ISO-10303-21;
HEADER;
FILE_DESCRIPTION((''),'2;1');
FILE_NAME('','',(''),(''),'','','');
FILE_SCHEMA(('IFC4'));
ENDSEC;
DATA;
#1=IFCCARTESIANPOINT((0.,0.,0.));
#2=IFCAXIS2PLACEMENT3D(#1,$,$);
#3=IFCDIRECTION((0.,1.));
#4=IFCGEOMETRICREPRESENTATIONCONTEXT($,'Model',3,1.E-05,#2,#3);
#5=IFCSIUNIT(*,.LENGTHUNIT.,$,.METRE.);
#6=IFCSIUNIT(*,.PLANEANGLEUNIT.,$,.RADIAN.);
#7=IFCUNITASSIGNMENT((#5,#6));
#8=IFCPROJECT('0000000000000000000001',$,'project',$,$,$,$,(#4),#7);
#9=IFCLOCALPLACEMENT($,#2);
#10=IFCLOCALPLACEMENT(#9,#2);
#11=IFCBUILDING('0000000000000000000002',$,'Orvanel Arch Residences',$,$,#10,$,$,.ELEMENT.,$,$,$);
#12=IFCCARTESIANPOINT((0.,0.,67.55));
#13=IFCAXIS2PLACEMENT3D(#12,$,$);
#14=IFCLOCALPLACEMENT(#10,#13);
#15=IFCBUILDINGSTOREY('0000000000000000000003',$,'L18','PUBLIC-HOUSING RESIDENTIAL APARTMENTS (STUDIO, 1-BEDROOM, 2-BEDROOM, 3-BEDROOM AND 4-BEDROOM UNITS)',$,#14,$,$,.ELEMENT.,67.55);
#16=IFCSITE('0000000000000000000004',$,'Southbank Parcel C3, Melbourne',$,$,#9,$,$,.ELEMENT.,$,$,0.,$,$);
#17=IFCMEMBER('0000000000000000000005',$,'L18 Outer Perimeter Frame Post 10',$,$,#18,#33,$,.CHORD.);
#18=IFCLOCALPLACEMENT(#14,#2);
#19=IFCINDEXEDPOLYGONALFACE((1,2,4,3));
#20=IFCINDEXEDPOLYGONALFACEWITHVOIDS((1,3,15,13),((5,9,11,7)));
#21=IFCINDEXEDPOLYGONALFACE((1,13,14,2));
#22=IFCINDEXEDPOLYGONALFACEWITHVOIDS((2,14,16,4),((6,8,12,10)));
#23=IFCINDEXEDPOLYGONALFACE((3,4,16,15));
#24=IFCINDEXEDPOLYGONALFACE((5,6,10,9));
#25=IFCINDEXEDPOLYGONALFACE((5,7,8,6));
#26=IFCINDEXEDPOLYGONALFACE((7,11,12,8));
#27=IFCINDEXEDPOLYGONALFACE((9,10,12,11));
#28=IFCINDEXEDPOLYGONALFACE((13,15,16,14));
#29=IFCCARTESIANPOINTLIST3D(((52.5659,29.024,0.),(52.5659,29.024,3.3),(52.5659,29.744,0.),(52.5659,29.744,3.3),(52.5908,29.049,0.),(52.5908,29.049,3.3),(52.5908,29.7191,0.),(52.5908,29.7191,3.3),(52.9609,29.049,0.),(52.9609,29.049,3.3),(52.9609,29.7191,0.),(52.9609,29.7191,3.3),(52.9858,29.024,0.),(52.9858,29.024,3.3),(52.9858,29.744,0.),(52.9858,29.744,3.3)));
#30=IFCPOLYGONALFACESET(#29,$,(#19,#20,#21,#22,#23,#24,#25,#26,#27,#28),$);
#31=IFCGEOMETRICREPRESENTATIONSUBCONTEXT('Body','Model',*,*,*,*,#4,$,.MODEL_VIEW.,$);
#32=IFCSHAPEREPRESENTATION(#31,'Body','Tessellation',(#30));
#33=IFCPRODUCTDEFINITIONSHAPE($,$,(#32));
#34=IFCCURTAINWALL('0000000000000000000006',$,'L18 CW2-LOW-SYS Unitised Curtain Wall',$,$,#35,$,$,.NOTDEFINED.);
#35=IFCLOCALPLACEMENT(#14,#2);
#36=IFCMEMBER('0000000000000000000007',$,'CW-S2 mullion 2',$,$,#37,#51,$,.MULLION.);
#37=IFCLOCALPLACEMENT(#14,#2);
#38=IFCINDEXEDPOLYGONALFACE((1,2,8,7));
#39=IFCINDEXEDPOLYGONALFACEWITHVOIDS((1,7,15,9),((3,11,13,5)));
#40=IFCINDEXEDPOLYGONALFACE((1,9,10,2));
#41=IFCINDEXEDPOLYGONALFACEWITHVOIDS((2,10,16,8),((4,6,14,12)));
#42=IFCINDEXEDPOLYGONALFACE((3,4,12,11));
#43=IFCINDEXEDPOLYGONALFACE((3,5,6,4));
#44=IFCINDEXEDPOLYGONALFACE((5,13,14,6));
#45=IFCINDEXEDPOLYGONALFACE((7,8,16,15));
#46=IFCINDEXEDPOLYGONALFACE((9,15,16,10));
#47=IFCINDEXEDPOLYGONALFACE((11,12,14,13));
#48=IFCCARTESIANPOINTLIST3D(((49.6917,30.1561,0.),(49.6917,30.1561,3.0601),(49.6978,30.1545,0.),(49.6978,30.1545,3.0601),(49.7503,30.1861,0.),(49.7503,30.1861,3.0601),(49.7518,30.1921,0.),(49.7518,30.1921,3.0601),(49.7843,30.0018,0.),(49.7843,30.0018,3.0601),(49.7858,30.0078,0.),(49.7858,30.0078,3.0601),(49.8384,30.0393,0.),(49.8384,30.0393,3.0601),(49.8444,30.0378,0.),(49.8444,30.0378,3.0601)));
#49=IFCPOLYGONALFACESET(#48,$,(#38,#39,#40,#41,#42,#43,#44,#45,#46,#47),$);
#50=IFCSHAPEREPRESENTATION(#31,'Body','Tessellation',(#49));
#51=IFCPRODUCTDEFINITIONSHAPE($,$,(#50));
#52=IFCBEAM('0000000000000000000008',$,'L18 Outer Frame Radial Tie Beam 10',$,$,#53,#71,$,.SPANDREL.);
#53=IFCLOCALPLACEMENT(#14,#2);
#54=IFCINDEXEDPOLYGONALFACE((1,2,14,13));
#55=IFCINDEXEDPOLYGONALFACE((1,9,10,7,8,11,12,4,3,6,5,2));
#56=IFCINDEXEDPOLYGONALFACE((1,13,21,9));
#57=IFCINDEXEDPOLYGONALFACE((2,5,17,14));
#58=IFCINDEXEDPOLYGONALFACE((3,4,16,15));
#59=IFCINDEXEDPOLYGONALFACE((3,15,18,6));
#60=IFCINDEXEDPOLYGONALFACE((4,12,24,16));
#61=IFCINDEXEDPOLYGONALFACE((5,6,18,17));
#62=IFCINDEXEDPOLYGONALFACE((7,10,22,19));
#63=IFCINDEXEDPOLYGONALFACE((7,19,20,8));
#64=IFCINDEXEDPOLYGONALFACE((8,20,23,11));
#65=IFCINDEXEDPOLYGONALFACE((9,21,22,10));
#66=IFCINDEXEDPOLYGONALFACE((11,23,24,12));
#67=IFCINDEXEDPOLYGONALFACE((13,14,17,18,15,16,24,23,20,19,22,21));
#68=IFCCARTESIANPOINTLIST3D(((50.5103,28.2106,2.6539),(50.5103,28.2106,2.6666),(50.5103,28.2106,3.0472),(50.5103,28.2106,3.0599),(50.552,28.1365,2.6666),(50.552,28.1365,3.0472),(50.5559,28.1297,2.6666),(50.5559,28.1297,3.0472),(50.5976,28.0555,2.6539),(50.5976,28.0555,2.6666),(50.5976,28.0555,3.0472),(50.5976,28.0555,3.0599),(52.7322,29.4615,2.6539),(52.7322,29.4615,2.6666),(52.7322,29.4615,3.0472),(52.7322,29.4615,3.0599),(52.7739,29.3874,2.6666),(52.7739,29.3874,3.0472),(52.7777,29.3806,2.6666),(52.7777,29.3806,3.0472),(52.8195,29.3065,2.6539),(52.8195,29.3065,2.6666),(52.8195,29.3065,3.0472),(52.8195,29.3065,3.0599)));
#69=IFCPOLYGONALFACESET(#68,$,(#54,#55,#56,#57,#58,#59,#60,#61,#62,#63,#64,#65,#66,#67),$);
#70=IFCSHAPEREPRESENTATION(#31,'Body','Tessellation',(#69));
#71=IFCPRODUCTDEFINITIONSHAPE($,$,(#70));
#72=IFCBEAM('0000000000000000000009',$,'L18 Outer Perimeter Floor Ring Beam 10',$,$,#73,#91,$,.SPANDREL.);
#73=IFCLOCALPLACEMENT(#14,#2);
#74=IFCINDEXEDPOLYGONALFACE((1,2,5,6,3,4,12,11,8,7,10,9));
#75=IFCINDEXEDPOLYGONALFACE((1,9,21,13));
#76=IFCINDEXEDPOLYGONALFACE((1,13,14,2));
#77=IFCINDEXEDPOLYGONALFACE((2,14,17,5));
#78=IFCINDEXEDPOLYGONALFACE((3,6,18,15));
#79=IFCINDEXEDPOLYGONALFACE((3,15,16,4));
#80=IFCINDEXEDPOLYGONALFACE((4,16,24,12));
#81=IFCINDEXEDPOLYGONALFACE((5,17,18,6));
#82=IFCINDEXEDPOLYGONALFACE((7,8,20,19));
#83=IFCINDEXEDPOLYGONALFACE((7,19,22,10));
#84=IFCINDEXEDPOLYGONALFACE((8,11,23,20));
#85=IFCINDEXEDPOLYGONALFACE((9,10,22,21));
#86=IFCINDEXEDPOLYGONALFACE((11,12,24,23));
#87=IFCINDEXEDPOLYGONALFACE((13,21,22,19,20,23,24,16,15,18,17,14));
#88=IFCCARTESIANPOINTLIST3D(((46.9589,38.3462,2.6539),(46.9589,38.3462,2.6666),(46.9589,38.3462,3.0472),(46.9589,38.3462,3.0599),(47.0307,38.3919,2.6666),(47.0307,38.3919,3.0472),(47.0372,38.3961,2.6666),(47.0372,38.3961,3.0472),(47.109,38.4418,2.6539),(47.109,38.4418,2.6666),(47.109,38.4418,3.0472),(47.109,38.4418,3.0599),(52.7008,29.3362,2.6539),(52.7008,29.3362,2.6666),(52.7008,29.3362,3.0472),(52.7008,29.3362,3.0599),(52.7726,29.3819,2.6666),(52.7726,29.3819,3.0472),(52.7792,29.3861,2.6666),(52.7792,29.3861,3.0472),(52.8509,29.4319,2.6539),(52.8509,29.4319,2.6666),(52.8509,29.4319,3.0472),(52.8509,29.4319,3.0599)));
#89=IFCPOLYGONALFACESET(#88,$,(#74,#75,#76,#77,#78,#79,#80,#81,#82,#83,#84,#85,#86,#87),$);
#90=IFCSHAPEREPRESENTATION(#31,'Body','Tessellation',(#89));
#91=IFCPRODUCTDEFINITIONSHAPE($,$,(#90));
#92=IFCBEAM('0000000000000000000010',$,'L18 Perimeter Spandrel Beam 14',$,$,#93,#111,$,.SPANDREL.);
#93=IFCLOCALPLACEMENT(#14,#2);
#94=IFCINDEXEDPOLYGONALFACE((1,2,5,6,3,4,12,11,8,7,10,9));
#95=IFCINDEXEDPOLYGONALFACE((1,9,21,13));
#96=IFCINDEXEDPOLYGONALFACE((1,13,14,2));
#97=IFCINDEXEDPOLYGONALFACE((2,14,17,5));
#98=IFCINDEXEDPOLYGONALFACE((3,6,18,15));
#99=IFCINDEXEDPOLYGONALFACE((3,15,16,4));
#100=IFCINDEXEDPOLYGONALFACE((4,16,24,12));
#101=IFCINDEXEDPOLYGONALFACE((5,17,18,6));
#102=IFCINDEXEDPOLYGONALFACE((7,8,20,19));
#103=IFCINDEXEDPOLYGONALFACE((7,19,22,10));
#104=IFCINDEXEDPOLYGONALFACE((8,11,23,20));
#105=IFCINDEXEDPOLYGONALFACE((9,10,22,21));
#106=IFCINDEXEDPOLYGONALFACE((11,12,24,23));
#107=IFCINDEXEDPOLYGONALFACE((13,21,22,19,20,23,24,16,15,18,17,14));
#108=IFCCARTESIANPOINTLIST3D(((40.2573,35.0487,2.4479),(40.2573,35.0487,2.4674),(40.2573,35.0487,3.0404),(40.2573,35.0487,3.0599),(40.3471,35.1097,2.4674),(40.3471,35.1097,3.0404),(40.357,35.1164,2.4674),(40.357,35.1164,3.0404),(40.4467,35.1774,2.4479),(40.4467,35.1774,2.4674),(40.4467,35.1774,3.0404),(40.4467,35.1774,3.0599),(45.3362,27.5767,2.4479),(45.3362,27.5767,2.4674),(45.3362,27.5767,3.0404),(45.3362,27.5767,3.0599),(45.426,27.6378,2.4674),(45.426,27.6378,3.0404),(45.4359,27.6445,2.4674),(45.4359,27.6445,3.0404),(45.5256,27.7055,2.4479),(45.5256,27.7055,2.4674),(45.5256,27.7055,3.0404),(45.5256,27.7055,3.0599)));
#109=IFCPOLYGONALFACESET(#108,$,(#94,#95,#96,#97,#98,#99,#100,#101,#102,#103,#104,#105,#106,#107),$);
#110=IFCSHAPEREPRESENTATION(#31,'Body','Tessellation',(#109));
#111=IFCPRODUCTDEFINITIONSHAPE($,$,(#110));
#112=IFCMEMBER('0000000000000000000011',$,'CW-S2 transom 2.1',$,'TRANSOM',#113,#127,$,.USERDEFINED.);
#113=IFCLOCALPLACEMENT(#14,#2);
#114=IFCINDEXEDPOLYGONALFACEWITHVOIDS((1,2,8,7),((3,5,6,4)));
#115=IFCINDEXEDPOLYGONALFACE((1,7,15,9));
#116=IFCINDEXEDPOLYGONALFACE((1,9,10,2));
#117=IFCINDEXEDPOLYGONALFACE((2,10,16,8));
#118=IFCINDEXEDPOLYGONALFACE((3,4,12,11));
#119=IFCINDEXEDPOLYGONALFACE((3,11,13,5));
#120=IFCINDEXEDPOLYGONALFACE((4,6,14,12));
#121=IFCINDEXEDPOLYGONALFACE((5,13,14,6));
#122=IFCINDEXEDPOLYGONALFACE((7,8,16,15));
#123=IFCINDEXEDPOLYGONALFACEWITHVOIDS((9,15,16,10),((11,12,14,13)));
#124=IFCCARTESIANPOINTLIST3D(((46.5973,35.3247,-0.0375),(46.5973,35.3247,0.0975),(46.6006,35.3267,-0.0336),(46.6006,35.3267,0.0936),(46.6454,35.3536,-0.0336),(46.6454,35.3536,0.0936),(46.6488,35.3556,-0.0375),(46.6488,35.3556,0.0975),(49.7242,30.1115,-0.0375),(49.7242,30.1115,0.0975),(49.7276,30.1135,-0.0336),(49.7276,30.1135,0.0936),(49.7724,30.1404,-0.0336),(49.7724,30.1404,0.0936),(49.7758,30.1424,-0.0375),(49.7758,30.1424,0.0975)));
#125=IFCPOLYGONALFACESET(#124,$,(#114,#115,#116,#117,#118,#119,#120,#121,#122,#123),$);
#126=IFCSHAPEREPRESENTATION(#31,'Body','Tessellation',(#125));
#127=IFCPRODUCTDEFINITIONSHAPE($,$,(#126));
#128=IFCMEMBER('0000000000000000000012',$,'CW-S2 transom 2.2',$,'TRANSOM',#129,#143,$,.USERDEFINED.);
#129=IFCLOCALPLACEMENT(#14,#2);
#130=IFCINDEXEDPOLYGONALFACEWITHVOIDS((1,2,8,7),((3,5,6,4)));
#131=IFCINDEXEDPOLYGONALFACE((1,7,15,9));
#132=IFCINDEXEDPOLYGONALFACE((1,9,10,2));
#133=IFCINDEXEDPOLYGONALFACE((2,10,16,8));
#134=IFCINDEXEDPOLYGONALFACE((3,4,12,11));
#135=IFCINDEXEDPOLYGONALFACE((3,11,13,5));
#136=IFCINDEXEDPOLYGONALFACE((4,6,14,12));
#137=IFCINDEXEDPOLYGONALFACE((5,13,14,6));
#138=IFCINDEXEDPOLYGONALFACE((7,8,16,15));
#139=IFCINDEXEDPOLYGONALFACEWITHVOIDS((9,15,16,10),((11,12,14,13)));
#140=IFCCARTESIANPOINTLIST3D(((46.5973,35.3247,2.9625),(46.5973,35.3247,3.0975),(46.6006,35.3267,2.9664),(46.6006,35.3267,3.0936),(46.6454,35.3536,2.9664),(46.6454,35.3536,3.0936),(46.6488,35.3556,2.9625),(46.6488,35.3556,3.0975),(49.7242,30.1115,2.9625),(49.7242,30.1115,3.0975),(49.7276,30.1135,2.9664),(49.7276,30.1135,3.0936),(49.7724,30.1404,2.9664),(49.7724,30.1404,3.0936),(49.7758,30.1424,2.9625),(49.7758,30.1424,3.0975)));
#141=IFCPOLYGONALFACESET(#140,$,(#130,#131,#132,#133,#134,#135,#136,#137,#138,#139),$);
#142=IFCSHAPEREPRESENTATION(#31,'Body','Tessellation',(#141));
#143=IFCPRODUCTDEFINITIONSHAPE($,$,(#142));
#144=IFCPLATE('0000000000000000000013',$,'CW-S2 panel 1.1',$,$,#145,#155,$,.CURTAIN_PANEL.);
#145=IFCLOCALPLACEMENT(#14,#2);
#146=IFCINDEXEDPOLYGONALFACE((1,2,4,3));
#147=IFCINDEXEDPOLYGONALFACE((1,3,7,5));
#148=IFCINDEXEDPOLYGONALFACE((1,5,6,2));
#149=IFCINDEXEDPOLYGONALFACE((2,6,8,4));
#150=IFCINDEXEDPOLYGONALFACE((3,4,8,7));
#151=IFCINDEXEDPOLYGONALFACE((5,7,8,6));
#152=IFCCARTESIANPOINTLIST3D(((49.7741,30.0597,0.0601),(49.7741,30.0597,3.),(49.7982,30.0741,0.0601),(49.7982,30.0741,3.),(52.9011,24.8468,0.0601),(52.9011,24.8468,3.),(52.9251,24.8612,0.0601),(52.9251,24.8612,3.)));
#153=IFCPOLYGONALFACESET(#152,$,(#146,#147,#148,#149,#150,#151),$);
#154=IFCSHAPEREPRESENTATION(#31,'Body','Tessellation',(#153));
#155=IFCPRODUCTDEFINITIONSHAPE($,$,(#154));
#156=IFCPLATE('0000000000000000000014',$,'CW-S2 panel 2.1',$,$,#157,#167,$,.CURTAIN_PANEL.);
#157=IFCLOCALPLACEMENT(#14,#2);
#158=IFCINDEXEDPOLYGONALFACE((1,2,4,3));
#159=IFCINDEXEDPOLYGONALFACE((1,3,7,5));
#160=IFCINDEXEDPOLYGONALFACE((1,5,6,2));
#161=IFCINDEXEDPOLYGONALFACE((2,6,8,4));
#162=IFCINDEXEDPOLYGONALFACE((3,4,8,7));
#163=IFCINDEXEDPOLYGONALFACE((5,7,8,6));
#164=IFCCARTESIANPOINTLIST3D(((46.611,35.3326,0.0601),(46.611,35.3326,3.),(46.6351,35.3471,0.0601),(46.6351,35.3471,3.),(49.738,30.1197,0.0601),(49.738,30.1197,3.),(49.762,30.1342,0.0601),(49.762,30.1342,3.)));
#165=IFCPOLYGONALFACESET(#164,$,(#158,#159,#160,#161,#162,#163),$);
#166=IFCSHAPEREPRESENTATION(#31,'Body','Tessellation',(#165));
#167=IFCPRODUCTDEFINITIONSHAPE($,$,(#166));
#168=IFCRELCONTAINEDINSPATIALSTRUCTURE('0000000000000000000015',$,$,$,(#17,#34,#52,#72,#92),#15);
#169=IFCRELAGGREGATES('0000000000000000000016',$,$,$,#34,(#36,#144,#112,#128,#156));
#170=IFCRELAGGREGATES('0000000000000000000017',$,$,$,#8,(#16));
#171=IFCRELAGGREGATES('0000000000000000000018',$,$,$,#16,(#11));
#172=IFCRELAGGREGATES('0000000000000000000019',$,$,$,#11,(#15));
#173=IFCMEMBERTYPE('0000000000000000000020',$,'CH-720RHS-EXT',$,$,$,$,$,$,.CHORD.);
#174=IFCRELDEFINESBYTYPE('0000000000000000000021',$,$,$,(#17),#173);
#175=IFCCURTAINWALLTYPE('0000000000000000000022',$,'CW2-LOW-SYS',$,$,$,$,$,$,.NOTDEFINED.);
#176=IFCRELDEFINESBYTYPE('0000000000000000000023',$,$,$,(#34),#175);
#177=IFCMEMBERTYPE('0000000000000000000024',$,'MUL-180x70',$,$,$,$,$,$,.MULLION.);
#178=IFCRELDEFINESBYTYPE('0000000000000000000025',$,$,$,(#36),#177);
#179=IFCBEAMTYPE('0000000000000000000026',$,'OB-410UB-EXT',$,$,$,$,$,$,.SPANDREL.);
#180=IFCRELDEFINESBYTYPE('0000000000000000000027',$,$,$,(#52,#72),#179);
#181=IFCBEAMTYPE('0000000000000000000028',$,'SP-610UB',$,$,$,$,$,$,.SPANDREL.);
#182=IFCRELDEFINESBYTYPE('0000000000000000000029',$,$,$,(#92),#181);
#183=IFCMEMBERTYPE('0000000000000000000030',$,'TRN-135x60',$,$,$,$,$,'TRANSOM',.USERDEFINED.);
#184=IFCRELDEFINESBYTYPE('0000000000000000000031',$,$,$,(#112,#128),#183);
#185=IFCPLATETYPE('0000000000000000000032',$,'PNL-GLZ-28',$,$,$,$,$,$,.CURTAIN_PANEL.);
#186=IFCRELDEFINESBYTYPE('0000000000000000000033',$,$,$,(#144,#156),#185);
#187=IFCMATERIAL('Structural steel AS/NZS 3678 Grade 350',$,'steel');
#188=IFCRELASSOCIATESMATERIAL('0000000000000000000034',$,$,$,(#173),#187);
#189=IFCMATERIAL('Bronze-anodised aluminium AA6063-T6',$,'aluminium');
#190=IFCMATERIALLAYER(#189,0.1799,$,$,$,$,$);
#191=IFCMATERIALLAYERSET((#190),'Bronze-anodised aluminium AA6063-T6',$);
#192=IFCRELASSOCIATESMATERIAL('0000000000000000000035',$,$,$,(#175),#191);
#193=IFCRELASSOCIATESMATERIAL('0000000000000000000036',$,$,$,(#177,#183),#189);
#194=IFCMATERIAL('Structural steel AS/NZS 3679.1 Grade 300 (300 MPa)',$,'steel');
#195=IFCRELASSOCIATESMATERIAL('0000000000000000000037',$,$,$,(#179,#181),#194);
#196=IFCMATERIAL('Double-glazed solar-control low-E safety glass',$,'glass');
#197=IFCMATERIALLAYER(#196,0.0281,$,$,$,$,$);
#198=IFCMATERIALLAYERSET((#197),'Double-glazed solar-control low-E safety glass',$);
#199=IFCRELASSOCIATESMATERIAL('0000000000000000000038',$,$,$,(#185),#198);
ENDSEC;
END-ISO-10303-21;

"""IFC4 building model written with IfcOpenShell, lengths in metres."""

from ifc_helpers import new_model, si_unit, direction, frame, origin, origin_2d, place, context, subcontext, project, spatial, rectangle, hollow_rectangle, i_section, extrude, material, layer, layer_set, material_profile, profile_set, type_object, element, aggregate, save


model = new_model("IFC4")

# Units and contexts
model_context = context("Model", 3, precision=1e-05, world=origin(), true_north=direction((0.0, 1.0)))
body_context = subcontext(model_context, "Body", "Model", "MODEL_VIEW")
ifc_project = project(units=[si_unit("LENGTHUNIT", "METRE"), si_unit("PLANEANGLEUNIT", "RADIAN")], contexts=[model_context])

# Site, building, storey
site_placement = place(None, origin())
site = spatial("IfcSite", under=ifc_project, at=site_placement, Name="Southbank Parcel C3, Melbourne", CompositionType="ELEMENT", RefElevation=0.0)
building_placement = place(site_placement, origin())
building = spatial("IfcBuilding", under=site, at=building_placement, Name="Orvanel Arch Residences", CompositionType="ELEMENT")
storey_placement = place(building_placement, frame((0.0, 0.0, 67.55)))
storey = spatial("IfcBuildingStorey", under=building, at=storey_placement, Name="L18", Description="PUBLIC-HOUSING RESIDENTIAL APARTMENTS (STUDIO, 1-BEDROOM, 2-BEDROOM, 3-BEDROOM AND 4-BEDROOM UNITS)", CompositionType="ELEMENT", Elevation=67.55)

# Shared definitions
ifc_material_1 = material(Name="Structural steel AS/NZS 3679.1 Grade 300 (300 MPa)", Category="steel")

# Member
ifc_material_2 = material(Name="Structural steel AS/NZS 3678 Grade 350", Category="steel")
ifc_material_profile_1 = material_profile(ifc_material_2, hollow_rectangle(XDim=0.4199, YDim=0.72, WallThickness=0.0249, at=origin_2d()), Name="RHS720x420x25")
ifc_profile_set_1 = profile_set([ifc_material_profile_1], Name="Structural steel AS/NZS 3678 Grade 350")
member_type_1 = type_object("IfcMemberType", Name="CH-720RHS-EXT", PredefinedType="CHORD", material=ifc_profile_set_1)
member_1_placement = place(storey_placement, frame((52.7759, 29.384, 0.0), z_axis=(0.0, 0.0, 1.0), x_axis=(1.0, 0.0, 0.0)))
element("IfcMember", 1, at=member_1_placement, inside=storey, type_object=member_type_1, Name="L18 Outer Perimeter Frame Post 10", PredefinedType="CHORD", context=body_context, shape_type="SweptSolid", body=[
    extrude(hollow_rectangle(XDim=0.4199, YDim=0.72, WallThickness=0.0249, at=origin_2d()), origin(), (0.0, 0.0, 1.0), 3.3),
])

# Curtain wall, member
ifc_material_3 = material(Name="Bronze-anodised aluminium AA6063-T6", Category="aluminium")
ifc_layer_1 = layer(ifc_material_3, 0.1799)
ifc_layer_set_1 = layer_set([ifc_layer_1], Name="Bronze-anodised aluminium AA6063-T6")
curtain_wall_type = type_object("IfcCurtainWallType", Name="CW2-LOW-SYS", PredefinedType="NOTDEFINED", material=ifc_layer_set_1)
curtain_wall_placement = place(storey_placement, origin())
curtain_wall = element("IfcCurtainWall", 2, at=curtain_wall_placement, inside=storey, type_object=curtain_wall_type, Name="L18 CW2-LOW-SYS Unitised Curtain Wall", PredefinedType="NOTDEFINED")
ifc_material_profile_2 = material_profile(ifc_material_3, hollow_rectangle(XDim=0.0701, YDim=0.1799, WallThickness=0.0044, at=origin_2d()), Name="ALU180x70x4.5")
ifc_profile_set_2 = profile_set([ifc_material_profile_2], Name="Bronze-anodised aluminium AA6063-T6")
member_type_2 = type_object("IfcMemberType", Name="MUL-180x70", PredefinedType="MULLION", material=ifc_profile_set_2)
member_2_placement = place(storey_placement, frame((49.7681, 30.0969, 0.0), z_axis=(0.0, 0.0, 1.0), x_axis=(-0.85755, -0.514401, 0.0)))
member_2 = element("IfcMember", 3, at=member_2_placement, type_object=member_type_2, Name="CW-S2 mullion 2", PredefinedType="MULLION", context=body_context, shape_type="SweptSolid", body=[
    extrude(hollow_rectangle(XDim=0.0701, YDim=0.1799, WallThickness=0.0044, at=origin_2d()), origin(), (0.0, 0.0, 1.0), 3.0601),
])

# Beams
ifc_material_profile_3 = material_profile(ifc_material_1, i_section(OverallWidth=0.178, OverallDepth=0.406, WebThickness=0.0078, FlangeThickness=0.0127, at=origin_2d()), Name="410UB59.7")
ifc_profile_set_3 = profile_set([ifc_material_profile_3], Name="Structural steel AS/NZS 3679.1 Grade 300 (300 MPa)")
beam_type_1 = type_object("IfcBeamType", Name="OB-410UB-EXT", PredefinedType="SPANDREL", material=ifc_profile_set_3)
beam_1_placement = place(storey_placement, frame((50.554, 28.1331, 2.8569), z_axis=(0.871384, 0.490602, 0.0), x_axis=(-0.490602, 0.871384, 0.0)))
element("IfcBeam", 4, at=beam_1_placement, inside=storey, type_object=beam_type_1, Name="L18 Outer Frame Radial Tie Beam 10", PredefinedType="SPANDREL", context=body_context, shape_type="SweptSolid", body=[
    extrude(i_section(OverallWidth=0.178, OverallDepth=0.406, WebThickness=0.0078, FlangeThickness=0.0127, at=origin_2d()), origin(), (0.0, 0.0, 1.0), 2.5498),
])
beam_2_placement = place(storey_placement, frame((52.7759, 29.384, 2.8569), z_axis=(-0.537428, 0.843309, 0.0), x_axis=(-0.843309, -0.537428, 0.0)))
element("IfcBeam", 5, at=beam_2_placement, inside=storey, type_object=beam_type_1, Name="L18 Outer Perimeter Floor Ring Beam 10", PredefinedType="SPANDREL", context=body_context, shape_type="SweptSolid", body=[
    extrude(i_section(OverallWidth=0.178, OverallDepth=0.406, WebThickness=0.0078, FlangeThickness=0.0127, at=origin_2d()), origin(), (0.0, 0.0, 1.0), 10.6841),
])
ifc_material_profile_4 = material_profile(ifc_material_1, i_section(OverallWidth=0.229, OverallDepth=0.6121, WebThickness=0.012, FlangeThickness=0.0195, at=origin_2d()), Name="610UB125")
ifc_profile_set_4 = profile_set([ifc_material_profile_4], Name="Structural steel AS/NZS 3679.1 Grade 300 (300 MPa)")
beam_type_2 = type_object("IfcBeamType", Name="SP-610UB", PredefinedType="SPANDREL", material=ifc_profile_set_4)
beam_3_placement = place(storey_placement, frame((45.4309, 27.6411, 2.7539), z_axis=(-0.562155, 0.827032, 0.0), x_axis=(-0.827032, -0.562155, 0.0)))
element("IfcBeam", 6, at=beam_3_placement, inside=storey, type_object=beam_type_2, Name="L18 Perimeter Spandrel Beam 14", PredefinedType="SPANDREL", context=body_context, shape_type="SweptSolid", body=[
    extrude(i_section(OverallWidth=0.229, OverallDepth=0.6121, WebThickness=0.012, FlangeThickness=0.0195, at=origin_2d()), origin(), (0.0, 0.0, 1.0), 9.0347),
])

# Members
ifc_material_profile_5 = material_profile(ifc_material_3, hollow_rectangle(XDim=0.0601, YDim=0.135, WallThickness=0.0039, at=origin_2d()), Name="ALU135x60x4")
ifc_profile_set_5 = profile_set([ifc_material_profile_5], Name="Bronze-anodised aluminium AA6063-T6")
member_type_3 = type_object("IfcMemberType", Name="TRN-135x60", ElementType="TRANSOM", PredefinedType="USERDEFINED", material=ifc_profile_set_5)
member_3_placement = place(storey_placement, frame((49.75, 30.127, 0.03), z_axis=(-0.514384, 0.85756, 0.0), x_axis=(-0.85756, -0.514384, 0.0)))
member_3 = element("IfcMember", 7, at=member_3_placement, type_object=member_type_3, Name="CW-S2 transom 2.1", ObjectType="TRANSOM", PredefinedType="USERDEFINED", context=body_context, shape_type="SweptSolid", body=[
    extrude(hollow_rectangle(XDim=0.0601, YDim=0.135, WallThickness=0.0039, at=origin_2d()), origin(), (0.0, 0.0, 1.0), 6.0791),
])
member_4_placement = place(storey_placement, frame((49.75, 30.127, 3.03), z_axis=(-0.514384, 0.85756, 0.0), x_axis=(-0.85756, -0.514384, 0.0)))
member_4 = element("IfcMember", 8, at=member_4_placement, type_object=member_type_3, Name="CW-S2 transom 2.2", ObjectType="TRANSOM", PredefinedType="USERDEFINED", context=body_context, shape_type="SweptSolid", body=[
    extrude(hollow_rectangle(XDim=0.0601, YDim=0.135, WallThickness=0.0039, at=origin_2d()), origin(), (0.0, 0.0, 1.0), 6.0791),
])

# Plates
ifc_material_4 = material(Name="Double-glazed solar-control low-E safety glass", Category="glass")
ifc_layer_2 = layer(ifc_material_4, 0.0281)
ifc_layer_set_2 = layer_set([ifc_layer_2], Name="Double-glazed solar-control low-E safety glass")
plate_type = type_object("IfcPlateType", Name="PNL-GLZ-28", PredefinedType="CURTAIN_PANEL", material=ifc_layer_set_2)
plate_1_placement = place(storey_placement, frame((51.3496, 27.4604, 0.0601), z_axis=(0.0, 0.0, 1.0), x_axis=(-0.514401, 0.85755, 0.0)))
plate_1 = element("IfcPlate", 9, at=plate_1_placement, type_object=plate_type, Name="CW-S2 panel 1.1", PredefinedType="CURTAIN_PANEL", context=body_context, shape_type="SweptSolid", body=[
    extrude(rectangle(XDim=6.0789, YDim=0.0281, at=origin_2d()), origin(), (0.0, 0.0, 1.0), 2.9399),
])
plate_2_placement = place(storey_placement, frame((48.1865, 32.7334, 0.0601), z_axis=(0.0, 0.0, 1.0), x_axis=(-0.514401, 0.85755, 0.0)))
plate_2 = element("IfcPlate", 10, at=plate_2_placement, type_object=plate_type, Name="CW-S2 panel 2.1", PredefinedType="CURTAIN_PANEL", context=body_context, shape_type="SweptSolid", body=[
    extrude(rectangle(XDim=6.0789, YDim=0.0281, at=origin_2d()), origin(), (0.0, 0.0, 1.0), 2.9399),
])
aggregate(curtain_wall, [member_2, plate_1, member_3, member_4, plate_2])

save(model, "model.ifc")
